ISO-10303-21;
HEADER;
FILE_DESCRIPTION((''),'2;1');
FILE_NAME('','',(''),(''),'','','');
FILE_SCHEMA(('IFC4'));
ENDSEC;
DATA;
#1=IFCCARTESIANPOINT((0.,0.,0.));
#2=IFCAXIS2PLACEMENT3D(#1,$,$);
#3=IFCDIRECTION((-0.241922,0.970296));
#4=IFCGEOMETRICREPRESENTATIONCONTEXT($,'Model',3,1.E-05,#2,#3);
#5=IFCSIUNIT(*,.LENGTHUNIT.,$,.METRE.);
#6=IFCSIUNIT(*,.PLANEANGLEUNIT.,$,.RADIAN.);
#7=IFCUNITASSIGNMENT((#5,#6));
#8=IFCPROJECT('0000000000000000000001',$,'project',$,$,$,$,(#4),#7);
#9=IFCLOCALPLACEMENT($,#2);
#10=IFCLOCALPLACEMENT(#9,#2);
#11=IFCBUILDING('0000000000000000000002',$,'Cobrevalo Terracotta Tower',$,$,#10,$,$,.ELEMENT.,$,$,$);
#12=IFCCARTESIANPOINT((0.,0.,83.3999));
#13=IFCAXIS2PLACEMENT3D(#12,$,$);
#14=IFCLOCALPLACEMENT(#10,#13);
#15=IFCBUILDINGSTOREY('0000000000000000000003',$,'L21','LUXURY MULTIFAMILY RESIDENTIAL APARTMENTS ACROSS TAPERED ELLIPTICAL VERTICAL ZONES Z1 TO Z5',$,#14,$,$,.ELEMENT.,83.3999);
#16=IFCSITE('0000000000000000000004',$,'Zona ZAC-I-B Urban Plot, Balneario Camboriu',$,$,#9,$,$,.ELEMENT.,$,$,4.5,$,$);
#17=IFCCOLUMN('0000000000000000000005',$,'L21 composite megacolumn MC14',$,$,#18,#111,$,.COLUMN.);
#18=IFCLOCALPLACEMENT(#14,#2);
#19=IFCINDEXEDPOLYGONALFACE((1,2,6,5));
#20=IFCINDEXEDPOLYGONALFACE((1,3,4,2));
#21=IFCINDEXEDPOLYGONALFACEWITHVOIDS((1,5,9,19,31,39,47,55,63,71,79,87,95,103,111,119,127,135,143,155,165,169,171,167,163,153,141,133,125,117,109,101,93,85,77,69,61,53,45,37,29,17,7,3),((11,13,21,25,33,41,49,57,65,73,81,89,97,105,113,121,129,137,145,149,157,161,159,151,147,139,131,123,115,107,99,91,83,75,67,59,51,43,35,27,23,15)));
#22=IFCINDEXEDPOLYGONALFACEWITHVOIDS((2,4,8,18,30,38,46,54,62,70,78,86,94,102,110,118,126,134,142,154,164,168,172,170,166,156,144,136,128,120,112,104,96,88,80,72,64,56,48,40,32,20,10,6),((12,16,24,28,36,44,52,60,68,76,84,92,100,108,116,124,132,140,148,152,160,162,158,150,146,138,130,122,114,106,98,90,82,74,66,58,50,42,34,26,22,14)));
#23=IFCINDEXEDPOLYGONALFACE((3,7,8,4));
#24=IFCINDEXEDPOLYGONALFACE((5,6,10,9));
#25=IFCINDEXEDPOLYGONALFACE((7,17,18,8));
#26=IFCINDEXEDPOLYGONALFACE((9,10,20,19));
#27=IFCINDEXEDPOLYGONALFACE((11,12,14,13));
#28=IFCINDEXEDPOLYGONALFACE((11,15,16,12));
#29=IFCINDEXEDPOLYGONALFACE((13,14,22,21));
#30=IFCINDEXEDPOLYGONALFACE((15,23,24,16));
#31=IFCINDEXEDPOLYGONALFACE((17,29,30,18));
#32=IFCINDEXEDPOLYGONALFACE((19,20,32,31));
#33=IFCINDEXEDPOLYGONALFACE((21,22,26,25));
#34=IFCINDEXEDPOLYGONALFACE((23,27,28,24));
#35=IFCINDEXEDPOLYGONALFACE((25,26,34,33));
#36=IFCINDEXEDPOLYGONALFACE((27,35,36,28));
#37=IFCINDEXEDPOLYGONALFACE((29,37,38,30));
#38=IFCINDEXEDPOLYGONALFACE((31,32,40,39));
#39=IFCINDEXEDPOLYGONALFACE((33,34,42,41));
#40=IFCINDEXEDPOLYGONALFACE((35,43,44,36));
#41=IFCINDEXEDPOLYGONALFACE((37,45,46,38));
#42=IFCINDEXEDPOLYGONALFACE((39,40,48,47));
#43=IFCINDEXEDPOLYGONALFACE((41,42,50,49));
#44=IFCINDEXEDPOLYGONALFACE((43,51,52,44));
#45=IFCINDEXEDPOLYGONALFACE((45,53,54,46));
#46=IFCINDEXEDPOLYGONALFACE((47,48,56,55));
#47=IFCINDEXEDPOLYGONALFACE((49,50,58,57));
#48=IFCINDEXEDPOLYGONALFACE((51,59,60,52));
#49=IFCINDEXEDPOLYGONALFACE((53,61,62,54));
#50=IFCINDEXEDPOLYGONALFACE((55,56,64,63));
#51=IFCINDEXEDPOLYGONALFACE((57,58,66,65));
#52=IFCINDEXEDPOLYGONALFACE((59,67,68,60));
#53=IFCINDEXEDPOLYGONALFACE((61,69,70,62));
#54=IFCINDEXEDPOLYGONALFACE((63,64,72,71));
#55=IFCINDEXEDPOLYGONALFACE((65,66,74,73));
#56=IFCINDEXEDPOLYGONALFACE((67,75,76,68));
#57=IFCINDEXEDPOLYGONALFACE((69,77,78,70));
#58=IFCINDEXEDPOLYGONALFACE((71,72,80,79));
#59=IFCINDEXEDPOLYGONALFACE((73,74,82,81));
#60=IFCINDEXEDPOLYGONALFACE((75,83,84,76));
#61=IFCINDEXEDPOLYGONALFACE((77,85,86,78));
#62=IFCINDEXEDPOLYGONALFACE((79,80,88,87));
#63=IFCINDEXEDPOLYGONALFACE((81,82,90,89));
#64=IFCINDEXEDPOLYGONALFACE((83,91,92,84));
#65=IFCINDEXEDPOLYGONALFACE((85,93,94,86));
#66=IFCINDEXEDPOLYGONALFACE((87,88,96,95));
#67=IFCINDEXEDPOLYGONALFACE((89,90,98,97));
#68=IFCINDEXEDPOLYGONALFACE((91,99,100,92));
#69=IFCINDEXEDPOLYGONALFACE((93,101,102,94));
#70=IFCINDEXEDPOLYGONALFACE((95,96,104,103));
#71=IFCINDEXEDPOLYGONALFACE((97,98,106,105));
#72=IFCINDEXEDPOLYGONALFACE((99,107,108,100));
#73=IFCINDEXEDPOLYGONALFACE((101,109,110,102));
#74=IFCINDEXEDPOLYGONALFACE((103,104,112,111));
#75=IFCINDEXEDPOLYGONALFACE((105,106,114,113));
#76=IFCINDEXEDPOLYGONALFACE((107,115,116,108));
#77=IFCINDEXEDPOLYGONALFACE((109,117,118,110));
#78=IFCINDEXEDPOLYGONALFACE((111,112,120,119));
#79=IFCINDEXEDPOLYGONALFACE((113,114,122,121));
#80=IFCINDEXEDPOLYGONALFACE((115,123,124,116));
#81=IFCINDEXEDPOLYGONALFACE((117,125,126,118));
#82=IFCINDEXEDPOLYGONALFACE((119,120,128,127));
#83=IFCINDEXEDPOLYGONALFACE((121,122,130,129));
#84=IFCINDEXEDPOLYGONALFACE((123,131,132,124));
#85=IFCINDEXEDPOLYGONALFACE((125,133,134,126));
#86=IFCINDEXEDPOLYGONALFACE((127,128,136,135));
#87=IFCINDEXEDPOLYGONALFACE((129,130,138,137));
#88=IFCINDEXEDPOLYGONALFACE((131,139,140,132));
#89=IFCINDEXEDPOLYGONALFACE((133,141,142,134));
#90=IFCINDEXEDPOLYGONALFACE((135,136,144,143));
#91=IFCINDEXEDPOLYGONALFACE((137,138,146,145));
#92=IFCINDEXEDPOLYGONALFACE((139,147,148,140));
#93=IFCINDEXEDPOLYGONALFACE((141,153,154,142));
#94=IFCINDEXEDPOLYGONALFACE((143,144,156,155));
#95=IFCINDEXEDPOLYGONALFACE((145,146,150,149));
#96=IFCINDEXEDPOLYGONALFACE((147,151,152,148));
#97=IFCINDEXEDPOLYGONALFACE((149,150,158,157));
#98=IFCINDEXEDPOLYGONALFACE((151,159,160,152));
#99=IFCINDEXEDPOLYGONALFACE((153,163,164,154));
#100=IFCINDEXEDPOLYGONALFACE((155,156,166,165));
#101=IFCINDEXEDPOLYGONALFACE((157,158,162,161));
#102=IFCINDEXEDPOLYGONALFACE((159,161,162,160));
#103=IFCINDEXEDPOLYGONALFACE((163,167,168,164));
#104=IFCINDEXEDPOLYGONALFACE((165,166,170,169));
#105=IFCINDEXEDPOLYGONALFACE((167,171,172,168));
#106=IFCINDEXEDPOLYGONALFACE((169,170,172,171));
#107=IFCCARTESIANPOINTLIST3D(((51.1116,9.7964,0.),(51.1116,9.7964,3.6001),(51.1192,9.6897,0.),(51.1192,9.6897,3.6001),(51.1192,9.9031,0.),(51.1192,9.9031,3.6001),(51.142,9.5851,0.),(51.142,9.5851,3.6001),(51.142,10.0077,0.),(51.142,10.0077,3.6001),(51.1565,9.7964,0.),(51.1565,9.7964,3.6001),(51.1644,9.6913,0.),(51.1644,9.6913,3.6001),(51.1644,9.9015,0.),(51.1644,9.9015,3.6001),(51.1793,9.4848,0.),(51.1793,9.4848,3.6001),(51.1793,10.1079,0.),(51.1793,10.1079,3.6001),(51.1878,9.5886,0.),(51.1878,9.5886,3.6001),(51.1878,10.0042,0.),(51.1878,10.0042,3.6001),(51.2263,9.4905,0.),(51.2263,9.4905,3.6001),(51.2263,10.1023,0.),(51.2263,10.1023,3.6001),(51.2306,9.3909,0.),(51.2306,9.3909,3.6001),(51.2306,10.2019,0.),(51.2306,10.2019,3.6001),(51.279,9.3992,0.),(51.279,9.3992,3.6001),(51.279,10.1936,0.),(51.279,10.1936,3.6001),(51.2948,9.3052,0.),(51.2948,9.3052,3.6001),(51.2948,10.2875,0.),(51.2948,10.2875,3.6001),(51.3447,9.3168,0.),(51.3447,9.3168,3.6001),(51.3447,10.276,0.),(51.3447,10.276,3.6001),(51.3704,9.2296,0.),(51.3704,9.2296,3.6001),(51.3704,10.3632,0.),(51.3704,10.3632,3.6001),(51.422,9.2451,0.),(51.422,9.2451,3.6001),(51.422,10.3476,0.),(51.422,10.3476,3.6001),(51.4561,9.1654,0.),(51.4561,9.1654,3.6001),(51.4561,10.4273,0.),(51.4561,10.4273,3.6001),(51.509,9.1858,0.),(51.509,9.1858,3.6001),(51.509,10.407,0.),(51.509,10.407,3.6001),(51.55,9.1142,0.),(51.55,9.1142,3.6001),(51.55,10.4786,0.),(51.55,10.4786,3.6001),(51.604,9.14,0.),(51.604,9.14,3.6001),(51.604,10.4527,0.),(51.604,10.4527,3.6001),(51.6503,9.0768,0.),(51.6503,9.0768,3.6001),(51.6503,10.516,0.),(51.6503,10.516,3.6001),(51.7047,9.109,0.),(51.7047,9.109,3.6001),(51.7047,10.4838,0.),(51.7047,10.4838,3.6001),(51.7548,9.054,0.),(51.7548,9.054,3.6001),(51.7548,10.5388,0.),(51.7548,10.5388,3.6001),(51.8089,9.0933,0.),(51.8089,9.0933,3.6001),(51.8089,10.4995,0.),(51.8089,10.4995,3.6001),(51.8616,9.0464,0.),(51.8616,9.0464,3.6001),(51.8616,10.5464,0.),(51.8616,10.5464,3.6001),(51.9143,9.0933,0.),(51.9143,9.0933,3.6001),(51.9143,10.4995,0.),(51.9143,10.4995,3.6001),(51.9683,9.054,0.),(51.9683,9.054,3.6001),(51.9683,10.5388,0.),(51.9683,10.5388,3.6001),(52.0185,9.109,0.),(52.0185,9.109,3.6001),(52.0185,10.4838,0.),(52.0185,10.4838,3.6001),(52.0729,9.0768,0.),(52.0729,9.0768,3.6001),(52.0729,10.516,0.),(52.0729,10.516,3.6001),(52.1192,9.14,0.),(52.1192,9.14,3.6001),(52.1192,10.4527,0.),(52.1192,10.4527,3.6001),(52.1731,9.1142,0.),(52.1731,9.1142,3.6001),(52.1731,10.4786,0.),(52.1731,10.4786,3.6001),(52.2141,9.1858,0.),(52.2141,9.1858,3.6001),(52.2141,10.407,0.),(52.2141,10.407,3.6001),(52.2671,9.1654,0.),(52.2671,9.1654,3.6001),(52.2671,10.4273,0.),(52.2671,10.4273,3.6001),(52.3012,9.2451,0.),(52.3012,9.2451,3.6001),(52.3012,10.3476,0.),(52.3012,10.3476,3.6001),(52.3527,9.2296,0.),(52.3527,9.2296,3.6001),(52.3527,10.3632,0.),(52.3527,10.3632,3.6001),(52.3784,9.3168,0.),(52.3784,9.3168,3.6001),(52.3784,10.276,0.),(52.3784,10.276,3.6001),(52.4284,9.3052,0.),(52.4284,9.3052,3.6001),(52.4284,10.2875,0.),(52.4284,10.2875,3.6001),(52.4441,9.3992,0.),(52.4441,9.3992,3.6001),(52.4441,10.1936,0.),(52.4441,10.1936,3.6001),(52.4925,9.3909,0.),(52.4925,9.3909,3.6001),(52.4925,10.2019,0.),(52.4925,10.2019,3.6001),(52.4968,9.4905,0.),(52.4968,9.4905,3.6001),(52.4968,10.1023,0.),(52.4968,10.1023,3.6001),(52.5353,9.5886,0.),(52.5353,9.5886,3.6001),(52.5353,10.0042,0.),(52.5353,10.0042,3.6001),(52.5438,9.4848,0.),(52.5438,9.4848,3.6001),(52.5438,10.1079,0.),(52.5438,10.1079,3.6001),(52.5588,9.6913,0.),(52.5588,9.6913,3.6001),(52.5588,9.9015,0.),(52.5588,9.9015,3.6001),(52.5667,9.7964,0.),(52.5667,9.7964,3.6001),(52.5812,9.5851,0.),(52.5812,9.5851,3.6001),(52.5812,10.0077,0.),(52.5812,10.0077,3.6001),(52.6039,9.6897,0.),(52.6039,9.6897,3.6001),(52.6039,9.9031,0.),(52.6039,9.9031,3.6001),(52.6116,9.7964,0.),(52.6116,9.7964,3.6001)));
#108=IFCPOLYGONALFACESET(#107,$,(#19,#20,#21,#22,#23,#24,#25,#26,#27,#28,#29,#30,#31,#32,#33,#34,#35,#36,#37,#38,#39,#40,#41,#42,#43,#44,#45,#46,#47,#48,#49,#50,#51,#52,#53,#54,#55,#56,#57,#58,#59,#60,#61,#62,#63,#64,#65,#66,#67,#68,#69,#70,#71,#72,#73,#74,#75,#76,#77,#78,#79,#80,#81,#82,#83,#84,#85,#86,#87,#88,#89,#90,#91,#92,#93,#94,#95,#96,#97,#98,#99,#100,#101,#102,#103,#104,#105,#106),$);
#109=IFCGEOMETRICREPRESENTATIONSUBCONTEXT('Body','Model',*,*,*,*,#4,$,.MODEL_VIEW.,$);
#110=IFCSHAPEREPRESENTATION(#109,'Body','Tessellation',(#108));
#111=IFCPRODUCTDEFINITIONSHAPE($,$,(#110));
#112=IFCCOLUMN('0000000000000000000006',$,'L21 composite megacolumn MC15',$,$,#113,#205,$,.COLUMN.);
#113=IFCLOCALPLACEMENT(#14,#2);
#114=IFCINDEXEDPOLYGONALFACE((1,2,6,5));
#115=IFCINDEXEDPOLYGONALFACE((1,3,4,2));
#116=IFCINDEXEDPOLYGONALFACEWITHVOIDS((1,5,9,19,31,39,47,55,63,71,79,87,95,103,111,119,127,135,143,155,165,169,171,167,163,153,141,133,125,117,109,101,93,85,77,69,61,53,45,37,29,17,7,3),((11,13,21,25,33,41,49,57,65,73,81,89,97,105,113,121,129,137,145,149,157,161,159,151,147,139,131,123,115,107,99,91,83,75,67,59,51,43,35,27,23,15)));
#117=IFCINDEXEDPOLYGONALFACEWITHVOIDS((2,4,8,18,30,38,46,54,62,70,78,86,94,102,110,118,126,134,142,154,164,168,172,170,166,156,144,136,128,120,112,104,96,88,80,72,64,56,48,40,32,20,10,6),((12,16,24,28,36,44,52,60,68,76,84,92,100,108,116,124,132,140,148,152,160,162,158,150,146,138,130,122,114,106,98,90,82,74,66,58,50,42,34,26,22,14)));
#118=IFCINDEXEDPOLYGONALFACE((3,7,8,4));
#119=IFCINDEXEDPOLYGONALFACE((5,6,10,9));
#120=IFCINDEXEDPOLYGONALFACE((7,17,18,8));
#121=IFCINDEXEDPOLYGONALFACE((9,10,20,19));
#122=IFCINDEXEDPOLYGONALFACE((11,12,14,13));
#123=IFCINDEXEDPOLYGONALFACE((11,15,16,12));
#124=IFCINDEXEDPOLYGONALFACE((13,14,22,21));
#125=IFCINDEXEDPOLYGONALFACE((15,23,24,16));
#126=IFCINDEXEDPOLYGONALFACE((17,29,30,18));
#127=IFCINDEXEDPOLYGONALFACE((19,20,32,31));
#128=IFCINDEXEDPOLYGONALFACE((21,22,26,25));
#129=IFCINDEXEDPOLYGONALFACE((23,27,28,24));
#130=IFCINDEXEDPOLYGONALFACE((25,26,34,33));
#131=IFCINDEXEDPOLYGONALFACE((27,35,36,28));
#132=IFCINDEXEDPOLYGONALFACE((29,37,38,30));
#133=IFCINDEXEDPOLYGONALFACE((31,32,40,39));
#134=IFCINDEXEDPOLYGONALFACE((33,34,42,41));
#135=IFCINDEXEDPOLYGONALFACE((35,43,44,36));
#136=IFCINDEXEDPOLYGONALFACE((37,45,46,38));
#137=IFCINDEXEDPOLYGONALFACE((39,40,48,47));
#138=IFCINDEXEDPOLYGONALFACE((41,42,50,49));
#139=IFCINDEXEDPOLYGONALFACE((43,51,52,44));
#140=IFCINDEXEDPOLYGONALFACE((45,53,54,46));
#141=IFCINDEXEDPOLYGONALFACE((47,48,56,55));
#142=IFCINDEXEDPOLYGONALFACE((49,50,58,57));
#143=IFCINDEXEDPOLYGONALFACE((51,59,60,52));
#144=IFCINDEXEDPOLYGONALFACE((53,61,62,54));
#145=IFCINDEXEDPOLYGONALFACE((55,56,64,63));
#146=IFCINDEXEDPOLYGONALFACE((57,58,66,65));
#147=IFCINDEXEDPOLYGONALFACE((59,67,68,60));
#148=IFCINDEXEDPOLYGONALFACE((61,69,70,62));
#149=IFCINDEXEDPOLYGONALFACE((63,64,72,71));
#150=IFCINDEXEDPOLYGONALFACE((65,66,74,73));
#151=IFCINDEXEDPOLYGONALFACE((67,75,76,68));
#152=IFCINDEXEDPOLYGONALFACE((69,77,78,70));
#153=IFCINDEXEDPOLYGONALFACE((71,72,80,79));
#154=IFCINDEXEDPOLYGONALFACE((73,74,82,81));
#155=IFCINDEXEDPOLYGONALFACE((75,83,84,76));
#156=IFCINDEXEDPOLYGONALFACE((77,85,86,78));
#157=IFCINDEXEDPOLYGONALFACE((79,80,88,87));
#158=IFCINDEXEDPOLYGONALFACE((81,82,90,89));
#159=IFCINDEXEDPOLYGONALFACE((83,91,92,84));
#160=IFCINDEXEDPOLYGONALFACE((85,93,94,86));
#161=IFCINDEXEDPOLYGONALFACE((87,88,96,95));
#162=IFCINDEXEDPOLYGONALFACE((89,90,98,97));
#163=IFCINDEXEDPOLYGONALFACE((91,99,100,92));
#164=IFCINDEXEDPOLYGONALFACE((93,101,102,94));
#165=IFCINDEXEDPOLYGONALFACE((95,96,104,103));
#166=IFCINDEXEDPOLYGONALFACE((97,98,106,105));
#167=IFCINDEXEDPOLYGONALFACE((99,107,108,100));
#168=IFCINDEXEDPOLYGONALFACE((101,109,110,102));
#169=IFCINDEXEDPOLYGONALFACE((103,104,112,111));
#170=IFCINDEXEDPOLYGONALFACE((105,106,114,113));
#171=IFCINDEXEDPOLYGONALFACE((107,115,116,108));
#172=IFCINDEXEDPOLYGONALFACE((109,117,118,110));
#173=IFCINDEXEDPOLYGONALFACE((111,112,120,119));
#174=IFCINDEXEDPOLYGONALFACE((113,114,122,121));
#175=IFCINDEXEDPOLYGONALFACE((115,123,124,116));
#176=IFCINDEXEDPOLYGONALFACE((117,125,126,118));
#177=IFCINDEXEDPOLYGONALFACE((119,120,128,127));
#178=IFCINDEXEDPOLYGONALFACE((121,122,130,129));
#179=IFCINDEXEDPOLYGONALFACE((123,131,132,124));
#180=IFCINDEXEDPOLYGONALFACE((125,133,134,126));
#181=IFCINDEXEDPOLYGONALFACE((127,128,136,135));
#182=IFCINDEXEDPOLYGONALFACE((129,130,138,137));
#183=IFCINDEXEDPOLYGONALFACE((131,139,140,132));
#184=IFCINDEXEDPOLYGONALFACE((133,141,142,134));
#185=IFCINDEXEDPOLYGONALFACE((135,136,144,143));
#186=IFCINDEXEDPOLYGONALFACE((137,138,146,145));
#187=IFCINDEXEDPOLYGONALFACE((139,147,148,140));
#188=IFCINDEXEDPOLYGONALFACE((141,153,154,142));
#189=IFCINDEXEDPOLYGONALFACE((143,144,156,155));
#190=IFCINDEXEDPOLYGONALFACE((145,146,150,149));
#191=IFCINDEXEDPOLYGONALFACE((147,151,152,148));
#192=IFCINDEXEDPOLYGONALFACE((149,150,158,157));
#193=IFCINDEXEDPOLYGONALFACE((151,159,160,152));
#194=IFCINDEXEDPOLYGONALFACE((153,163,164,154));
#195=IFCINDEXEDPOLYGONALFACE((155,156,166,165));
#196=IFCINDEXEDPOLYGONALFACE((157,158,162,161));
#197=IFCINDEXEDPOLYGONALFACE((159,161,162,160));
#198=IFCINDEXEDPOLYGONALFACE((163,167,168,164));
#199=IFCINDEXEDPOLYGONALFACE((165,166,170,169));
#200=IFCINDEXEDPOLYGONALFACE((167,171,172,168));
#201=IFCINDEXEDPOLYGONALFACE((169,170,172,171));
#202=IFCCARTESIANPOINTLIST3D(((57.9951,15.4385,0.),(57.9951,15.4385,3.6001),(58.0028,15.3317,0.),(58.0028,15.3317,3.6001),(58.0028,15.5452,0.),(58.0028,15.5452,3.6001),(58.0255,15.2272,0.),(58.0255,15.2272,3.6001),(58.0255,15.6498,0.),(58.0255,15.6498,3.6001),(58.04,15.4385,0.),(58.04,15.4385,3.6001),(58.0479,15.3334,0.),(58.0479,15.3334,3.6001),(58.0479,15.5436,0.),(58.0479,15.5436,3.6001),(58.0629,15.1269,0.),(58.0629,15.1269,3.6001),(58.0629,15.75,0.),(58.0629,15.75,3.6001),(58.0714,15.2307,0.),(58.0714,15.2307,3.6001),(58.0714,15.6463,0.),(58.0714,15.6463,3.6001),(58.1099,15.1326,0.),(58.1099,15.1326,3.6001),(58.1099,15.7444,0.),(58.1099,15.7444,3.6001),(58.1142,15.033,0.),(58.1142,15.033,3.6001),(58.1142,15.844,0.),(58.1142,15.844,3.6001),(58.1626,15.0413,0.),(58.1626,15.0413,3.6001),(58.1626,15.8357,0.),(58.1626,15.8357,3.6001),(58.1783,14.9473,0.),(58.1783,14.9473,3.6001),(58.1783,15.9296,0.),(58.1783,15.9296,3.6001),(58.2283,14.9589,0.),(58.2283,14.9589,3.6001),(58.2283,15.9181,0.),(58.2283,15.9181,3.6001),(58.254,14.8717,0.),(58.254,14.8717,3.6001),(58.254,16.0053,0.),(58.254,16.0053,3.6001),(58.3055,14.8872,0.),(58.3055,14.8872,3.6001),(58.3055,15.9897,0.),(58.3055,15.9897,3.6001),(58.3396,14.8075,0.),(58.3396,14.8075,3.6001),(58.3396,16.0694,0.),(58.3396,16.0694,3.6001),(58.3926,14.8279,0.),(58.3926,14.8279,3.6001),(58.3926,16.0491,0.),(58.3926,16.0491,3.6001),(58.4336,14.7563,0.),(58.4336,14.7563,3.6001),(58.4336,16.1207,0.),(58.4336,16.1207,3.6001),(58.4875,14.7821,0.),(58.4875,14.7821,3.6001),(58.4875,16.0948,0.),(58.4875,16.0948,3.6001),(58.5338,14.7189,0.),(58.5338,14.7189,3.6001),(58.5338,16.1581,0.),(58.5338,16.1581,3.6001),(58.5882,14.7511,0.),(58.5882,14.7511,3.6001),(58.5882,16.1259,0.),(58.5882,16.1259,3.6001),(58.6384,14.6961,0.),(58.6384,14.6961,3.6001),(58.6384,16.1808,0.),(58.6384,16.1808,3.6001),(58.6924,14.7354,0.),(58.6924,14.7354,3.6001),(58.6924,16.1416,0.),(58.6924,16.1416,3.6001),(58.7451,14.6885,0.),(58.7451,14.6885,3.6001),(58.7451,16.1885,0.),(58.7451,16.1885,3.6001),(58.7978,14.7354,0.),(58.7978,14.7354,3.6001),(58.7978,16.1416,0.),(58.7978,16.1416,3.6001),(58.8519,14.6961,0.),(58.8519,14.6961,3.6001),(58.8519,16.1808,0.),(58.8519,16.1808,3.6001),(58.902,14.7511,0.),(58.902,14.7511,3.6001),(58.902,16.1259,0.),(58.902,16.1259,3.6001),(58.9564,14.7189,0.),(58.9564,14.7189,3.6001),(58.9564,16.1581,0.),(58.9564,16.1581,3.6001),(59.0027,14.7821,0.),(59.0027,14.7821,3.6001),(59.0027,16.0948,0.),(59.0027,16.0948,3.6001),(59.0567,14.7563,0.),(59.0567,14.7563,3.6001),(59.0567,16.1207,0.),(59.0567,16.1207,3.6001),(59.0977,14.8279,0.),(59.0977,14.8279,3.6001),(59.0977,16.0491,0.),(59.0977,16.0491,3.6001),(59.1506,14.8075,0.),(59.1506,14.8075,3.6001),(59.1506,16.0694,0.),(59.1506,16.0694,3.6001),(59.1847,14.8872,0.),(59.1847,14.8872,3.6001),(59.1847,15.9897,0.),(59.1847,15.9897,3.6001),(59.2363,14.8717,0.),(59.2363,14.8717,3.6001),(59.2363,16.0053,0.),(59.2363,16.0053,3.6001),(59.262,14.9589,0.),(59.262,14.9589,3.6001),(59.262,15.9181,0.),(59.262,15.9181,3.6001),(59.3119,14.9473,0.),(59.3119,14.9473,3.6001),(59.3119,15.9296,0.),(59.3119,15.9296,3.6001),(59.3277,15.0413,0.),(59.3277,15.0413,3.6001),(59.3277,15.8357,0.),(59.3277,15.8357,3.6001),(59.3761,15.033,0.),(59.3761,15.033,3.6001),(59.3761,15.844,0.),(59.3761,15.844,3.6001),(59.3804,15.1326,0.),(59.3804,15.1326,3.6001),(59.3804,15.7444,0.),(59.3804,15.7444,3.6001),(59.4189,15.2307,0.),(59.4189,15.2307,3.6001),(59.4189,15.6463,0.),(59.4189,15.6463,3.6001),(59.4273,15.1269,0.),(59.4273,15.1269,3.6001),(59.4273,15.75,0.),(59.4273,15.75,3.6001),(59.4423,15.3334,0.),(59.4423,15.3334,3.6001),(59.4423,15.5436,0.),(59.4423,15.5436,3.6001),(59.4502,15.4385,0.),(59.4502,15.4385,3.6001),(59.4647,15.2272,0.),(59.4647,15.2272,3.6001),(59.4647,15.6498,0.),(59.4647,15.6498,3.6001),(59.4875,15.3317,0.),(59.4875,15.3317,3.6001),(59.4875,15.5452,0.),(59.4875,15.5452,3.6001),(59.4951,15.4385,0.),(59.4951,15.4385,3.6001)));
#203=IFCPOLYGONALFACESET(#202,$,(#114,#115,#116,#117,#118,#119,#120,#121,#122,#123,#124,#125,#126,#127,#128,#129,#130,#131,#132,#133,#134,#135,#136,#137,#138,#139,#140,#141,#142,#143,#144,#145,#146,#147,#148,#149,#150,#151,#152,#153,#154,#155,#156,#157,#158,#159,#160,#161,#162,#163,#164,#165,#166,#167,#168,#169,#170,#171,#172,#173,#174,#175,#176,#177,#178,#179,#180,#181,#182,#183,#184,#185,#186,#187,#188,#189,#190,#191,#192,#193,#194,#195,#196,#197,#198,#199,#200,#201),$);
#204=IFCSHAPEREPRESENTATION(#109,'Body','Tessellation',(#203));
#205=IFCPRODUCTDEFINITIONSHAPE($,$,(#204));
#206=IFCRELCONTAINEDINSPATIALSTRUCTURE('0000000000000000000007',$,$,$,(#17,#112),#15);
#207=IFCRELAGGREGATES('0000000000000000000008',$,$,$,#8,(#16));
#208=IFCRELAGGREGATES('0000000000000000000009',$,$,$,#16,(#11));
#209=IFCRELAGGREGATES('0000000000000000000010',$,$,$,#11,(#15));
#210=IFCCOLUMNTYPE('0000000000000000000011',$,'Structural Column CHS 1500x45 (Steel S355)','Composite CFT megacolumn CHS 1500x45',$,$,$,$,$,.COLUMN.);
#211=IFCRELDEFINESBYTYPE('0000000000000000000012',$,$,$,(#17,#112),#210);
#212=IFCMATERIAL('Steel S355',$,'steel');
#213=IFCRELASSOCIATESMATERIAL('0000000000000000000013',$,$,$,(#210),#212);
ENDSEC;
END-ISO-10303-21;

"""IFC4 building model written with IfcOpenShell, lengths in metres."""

from ifc_helpers import new_model, si_unit, direction, frame, origin, origin_2d, place, context, subcontext, project, spatial, hollow_circle, extrude, material, material_profile, profile_set, type_object, element, save


model = new_model("IFC4")

# Units and contexts
model_context = context("Model", 3, precision=1e-05, world=origin(), true_north=direction((-0.241922, 0.970296)))
body_context = subcontext(model_context, "Body", "Model", "MODEL_VIEW")
ifc_project = project(units=[si_unit("LENGTHUNIT", "METRE"), si_unit("PLANEANGLEUNIT", "RADIAN")], contexts=[model_context])

# Site, building, storey
site_placement = place(None, origin())
site = spatial("IfcSite", under=ifc_project, at=site_placement, Name="Zona ZAC-I-B Urban Plot, Balneario Camboriu", CompositionType="ELEMENT", RefElevation=4.5)
building_placement = place(site_placement, origin())
building = spatial("IfcBuilding", under=site, at=building_placement, Name="Cobrevalo Terracotta Tower", CompositionType="ELEMENT")
storey_placement = place(building_placement, frame((0.0, 0.0, 83.3999)))
storey = spatial("IfcBuildingStorey", under=building, at=storey_placement, Name="L21", Description="LUXURY MULTIFAMILY RESIDENTIAL APARTMENTS ACROSS TAPERED ELLIPTICAL VERTICAL ZONES Z1 TO Z5", CompositionType="ELEMENT", Elevation=83.3999)

# Columns
ifc_material_1 = material(Name="Steel S355", Category="steel")
ifc_material_profile_1 = material_profile(ifc_material_1, hollow_circle(Radius=0.75, WallThickness=0.0449, at=origin_2d()), Name="CHS 1500x45")
ifc_profile_set_1 = profile_set([ifc_material_profile_1], Name="Steel S355")
column_type = type_object("IfcColumnType", Name="Structural Column CHS 1500x45 (Steel S355)", Description="Composite CFT megacolumn CHS 1500x45", PredefinedType="COLUMN", material=ifc_profile_set_1)
for number, where, z_axis, x_axis, name in (
    (1, (51.8616, 9.7964, 0.0), (0.0, 0.0, 1.0), (1.0, 0.0, 0.0), "L21 composite megacolumn MC14"),
    (2, (58.7451, 15.4385, 0.0), (0.0, 0.0, 1.0), (1.0, 0.0, 0.0), "L21 composite megacolumn MC15"),
):
    element("IfcColumn", number, at=place(storey_placement, frame(where, z_axis=z_axis, x_axis=x_axis)), inside=storey, type_object=column_type, Name=name, PredefinedType="COLUMN", context=body_context, shape_type="SweptSolid", body=[
        extrude(hollow_circle(Radius=0.75, WallThickness=0.0449, at=origin_2d()), origin(), (0.0, 0.0, 1.0), 3.6001),
    ])

save(model, "model.ifc")
